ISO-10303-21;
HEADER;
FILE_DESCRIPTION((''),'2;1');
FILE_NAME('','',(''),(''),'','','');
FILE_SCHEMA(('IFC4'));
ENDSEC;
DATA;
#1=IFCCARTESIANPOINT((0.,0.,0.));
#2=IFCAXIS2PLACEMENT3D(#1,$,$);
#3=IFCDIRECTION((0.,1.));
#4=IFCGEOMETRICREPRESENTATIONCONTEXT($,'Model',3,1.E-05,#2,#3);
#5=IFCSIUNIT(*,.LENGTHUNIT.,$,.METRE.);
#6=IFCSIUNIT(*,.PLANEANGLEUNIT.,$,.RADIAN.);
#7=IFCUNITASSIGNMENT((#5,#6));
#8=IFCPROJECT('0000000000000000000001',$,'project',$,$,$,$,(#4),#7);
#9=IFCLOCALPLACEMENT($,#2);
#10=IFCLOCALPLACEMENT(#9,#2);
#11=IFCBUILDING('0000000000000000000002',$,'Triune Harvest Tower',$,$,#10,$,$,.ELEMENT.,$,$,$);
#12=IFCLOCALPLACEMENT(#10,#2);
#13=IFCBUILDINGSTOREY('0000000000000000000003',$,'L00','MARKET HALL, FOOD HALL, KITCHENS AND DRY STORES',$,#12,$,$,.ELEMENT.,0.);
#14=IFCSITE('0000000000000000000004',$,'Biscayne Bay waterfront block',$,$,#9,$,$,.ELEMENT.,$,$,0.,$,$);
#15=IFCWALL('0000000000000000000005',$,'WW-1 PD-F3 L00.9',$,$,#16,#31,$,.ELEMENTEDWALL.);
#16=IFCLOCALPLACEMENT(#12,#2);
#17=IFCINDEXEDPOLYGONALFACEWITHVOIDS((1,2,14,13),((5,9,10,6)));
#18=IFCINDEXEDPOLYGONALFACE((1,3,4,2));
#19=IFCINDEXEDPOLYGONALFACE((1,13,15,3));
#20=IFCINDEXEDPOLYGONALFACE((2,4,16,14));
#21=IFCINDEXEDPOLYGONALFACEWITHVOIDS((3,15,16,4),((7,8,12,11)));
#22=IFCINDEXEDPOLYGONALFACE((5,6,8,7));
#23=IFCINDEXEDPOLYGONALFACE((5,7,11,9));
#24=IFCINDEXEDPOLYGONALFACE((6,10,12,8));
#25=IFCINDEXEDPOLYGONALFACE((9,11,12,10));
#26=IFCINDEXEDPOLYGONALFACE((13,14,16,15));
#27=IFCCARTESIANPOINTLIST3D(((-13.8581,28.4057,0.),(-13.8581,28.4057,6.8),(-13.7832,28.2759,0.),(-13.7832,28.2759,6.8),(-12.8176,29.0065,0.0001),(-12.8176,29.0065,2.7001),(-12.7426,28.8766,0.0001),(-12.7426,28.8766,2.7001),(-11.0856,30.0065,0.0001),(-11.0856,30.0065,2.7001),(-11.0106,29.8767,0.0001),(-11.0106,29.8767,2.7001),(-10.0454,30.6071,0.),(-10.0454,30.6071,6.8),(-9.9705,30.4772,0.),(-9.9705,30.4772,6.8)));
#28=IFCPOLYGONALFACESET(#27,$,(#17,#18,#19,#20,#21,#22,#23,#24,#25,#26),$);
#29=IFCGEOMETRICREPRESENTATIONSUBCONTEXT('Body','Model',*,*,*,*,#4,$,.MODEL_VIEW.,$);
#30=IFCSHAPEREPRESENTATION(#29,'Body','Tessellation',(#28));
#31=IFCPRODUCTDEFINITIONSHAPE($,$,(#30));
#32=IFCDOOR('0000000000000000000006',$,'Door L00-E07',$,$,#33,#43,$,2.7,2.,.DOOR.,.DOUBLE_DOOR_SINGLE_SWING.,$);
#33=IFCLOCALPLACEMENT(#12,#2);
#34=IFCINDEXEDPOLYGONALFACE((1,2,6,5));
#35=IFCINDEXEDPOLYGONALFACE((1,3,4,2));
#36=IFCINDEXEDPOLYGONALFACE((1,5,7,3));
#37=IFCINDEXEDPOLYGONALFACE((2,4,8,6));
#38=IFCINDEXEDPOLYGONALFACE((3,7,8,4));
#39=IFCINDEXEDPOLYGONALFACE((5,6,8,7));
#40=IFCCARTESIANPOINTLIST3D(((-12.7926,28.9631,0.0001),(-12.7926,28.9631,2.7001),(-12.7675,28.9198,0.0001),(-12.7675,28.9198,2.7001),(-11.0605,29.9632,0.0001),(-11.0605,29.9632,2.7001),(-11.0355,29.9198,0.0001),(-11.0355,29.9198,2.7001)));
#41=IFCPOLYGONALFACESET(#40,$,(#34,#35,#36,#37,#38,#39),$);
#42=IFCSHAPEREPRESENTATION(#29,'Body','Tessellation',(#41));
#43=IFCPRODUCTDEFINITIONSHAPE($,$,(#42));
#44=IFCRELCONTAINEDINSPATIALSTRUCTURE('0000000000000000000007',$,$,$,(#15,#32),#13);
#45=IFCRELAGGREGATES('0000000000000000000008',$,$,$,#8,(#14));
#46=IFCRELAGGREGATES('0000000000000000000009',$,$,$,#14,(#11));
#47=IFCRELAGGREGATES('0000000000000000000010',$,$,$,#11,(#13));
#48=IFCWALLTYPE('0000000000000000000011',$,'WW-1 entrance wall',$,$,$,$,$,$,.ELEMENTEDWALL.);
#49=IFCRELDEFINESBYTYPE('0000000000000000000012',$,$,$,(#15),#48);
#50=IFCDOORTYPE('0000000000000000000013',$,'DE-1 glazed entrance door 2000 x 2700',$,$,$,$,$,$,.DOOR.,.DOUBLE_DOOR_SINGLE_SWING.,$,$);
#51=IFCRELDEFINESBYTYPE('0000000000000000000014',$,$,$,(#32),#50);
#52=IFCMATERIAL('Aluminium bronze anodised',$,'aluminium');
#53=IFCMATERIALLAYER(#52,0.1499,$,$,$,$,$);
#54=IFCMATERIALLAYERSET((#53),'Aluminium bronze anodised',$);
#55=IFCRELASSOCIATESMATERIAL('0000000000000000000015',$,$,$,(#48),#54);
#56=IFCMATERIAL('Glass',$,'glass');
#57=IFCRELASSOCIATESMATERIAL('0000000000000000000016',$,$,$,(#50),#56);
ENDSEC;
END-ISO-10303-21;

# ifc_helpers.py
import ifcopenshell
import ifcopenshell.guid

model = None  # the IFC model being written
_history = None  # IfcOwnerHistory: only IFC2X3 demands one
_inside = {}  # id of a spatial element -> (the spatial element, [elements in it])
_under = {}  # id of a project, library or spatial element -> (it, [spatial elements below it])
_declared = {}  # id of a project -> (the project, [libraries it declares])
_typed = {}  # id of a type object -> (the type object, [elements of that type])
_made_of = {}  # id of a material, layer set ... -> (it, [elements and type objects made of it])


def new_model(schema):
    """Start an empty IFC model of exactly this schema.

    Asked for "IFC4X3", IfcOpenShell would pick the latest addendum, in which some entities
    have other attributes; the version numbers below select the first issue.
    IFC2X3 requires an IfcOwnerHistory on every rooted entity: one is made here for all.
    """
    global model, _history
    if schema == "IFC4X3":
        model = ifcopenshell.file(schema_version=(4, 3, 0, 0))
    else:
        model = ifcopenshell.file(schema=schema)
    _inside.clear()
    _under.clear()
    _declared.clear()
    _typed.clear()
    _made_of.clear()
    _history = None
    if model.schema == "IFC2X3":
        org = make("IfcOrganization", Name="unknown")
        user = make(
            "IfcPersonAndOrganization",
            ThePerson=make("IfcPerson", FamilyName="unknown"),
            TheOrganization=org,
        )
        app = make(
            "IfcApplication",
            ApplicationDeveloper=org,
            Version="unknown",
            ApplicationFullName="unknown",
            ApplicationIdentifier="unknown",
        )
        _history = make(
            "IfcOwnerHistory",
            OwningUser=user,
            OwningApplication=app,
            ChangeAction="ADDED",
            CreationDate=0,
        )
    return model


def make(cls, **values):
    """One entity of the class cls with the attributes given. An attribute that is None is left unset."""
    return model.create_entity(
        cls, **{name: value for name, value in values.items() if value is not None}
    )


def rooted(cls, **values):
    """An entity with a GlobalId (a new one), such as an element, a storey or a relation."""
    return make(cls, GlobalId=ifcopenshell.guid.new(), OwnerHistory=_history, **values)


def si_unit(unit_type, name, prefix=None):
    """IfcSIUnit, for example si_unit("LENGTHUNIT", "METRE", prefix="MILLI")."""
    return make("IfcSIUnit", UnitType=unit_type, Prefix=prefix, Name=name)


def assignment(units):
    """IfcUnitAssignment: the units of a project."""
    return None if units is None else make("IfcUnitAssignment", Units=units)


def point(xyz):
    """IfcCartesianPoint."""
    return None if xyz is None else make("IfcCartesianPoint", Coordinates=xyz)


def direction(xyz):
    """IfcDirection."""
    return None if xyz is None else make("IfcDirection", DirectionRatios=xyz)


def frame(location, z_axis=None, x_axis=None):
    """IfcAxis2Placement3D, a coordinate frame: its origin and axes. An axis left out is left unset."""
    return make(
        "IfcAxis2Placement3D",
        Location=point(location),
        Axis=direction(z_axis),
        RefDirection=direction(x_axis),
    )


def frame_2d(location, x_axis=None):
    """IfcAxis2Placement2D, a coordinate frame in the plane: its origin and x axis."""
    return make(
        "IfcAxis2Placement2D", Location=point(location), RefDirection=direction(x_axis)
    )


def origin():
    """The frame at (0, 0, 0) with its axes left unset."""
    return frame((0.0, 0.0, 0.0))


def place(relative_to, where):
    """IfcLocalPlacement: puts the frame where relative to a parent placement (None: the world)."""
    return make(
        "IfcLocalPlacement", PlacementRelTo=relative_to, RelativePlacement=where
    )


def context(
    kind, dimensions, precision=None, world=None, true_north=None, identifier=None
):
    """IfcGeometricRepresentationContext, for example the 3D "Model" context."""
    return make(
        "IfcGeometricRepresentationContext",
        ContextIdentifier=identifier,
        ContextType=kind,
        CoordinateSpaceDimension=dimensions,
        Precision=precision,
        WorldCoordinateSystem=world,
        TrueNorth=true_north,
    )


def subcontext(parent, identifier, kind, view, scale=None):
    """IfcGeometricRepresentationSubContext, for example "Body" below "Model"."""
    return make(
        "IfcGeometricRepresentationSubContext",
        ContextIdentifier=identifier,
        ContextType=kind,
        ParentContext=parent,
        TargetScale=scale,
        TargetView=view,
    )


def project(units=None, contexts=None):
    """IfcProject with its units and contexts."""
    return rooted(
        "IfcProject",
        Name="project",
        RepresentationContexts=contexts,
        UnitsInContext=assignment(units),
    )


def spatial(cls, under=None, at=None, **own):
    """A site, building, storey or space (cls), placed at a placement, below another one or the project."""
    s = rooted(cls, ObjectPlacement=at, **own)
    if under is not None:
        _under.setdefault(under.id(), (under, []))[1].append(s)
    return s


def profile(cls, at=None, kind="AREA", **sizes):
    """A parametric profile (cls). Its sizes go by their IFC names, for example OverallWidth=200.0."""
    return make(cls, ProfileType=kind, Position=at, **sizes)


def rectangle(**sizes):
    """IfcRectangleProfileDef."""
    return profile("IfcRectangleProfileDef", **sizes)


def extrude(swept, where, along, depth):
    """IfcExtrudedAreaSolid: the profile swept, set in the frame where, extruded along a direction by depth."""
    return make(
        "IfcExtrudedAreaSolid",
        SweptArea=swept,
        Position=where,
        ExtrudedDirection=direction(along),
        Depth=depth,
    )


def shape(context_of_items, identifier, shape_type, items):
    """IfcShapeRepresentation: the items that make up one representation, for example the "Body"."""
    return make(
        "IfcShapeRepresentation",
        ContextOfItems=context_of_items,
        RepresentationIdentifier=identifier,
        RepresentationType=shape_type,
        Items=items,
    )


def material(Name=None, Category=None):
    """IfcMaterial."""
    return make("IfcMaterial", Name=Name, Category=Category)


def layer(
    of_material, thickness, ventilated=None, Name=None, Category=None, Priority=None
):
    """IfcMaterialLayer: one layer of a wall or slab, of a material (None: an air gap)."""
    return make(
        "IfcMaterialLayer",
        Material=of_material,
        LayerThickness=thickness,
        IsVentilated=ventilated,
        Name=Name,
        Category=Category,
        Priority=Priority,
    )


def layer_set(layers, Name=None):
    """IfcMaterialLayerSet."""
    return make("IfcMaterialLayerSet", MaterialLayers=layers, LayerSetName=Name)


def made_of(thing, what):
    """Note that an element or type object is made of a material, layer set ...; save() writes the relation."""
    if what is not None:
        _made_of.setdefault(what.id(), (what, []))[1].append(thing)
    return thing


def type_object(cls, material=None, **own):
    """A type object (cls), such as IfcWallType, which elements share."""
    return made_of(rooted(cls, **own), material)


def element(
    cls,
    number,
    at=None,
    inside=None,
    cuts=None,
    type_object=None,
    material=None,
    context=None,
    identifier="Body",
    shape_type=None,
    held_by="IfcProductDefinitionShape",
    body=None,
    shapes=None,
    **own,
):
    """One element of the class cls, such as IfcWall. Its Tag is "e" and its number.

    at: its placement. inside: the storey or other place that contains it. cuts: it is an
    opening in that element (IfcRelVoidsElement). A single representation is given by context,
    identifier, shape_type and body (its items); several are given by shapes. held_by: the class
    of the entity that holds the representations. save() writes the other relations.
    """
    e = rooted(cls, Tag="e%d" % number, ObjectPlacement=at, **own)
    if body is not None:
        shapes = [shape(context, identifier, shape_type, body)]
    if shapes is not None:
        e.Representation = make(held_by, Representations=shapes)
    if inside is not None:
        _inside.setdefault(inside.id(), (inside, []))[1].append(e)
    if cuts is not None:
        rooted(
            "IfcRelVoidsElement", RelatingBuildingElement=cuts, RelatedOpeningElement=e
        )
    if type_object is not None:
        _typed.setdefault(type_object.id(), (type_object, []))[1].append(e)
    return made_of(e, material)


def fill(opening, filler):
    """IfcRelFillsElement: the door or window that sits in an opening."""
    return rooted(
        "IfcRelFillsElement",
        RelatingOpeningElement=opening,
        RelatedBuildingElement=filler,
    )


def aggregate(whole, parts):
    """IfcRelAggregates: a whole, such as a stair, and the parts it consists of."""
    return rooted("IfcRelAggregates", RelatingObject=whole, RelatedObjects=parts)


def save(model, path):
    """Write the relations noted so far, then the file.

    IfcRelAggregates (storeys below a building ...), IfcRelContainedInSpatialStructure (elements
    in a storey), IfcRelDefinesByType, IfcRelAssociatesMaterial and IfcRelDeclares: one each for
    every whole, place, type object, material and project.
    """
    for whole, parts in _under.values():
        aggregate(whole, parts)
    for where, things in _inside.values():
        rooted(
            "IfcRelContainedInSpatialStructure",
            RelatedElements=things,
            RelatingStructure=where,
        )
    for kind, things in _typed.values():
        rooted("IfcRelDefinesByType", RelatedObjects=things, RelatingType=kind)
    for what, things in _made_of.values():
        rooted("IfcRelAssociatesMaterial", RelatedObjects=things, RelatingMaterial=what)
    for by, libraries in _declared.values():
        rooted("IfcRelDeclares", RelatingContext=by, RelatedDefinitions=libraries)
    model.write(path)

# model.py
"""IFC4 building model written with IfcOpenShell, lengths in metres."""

from ifc_helpers import new_model, si_unit, direction, frame, frame_2d, origin, place, context, subcontext, project, spatial, rectangle, extrude, material, layer, layer_set, type_object, element, fill, save


model = new_model("IFC4")

# Units and contexts
model_context = context("Model", 3, precision=1e-05, world=origin(), true_north=direction((0.0, 1.0)))
body_context = subcontext(model_context, "Body", "Model", "MODEL_VIEW")
ifc_project = project(units=[si_unit("LENGTHUNIT", "METRE"), si_unit("PLANEANGLEUNIT", "RADIAN")], contexts=[model_context])

# Site, building, storey
site_placement = place(None, origin())
site = spatial("IfcSite", under=ifc_project, at=site_placement, Name="Biscayne Bay waterfront block", CompositionType="ELEMENT", RefElevation=0.0)
building_placement = place(site_placement, origin())
building = spatial("IfcBuilding", under=site, at=building_placement, Name="Triune Harvest Tower", CompositionType="ELEMENT")
storey_placement = place(building_placement, origin())
storey = spatial("IfcBuildingStorey", under=building, at=storey_placement, Name="L00", Description="MARKET HALL, FOOD HALL, KITCHENS AND DRY STORES", CompositionType="ELEMENT", Elevation=0.0)

# Wall, opening, door
ifc_material_1 = material(Name="Aluminium bronze anodised", Category="aluminium")
ifc_layer_1 = layer(ifc_material_1, 0.1499)
ifc_layer_set_1 = layer_set([ifc_layer_1], Name="Aluminium bronze anodised")
wall_type_1 = type_object("IfcWallType", Name="WW-1 entrance wall", PredefinedType="ELEMENTEDWALL", material=ifc_layer_set_1)
wall_1_placement = place(storey_placement, frame((-13.8206, 28.3408, 0.0), z_axis=(0.0, 0.0, 1.0), x_axis=(0.866013, 0.500022, 0.0)))
wall_1 = element("IfcWall", 1, at=wall_1_placement, inside=storey, type_object=wall_type_1, Name="WW-1 PD-F3 L00.9", PredefinedType="ELEMENTEDWALL", context=body_context, shape_type="SweptSolid", body=[
    extrude(rectangle(XDim=4.4026, YDim=0.1499, at=frame_2d((2.2012, 0.0))), origin(), (0.0, 0.0, 1.0), 6.8),
])
opening_placement = place(wall_1_placement, frame((1.2014, 0.0, 0.0)))
opening = element("IfcOpeningElement", 2, at=opening_placement, cuts=wall_1, PredefinedType="OPENING", context=body_context, shape_type="SweptSolid", body=[
    extrude(rectangle(XDim=2.0, YDim=2.7, at=frame_2d((1.0, 1.3501))), frame((0.0, 0.085, 0.0), z_axis=(0.0, -1.0, 0.0), x_axis=(1.0, 0.0, 0.0)), (0.0, 0.0, 1.0), 0.1699),
])
ifc_material_2 = material(Name="Glass", Category="glass")
door_type = type_object("IfcDoorType", Name="DE-1 glazed entrance door 2000 x 2700", OperationType="DOUBLE_DOOR_SINGLE_SWING", PredefinedType="DOOR", material=ifc_material_2)
door_placement = place(opening_placement, origin())
door = element("IfcDoor", 3, at=door_placement, inside=storey, type_object=door_type, Name="Door L00-E07", OperationType="DOUBLE_DOOR_SINGLE_SWING", OverallHeight=2.7, OverallWidth=2.0, PredefinedType="DOOR", context=body_context, shape_type="SweptSolid", body=[
    extrude(rectangle(XDim=2.0, YDim=2.7, at=frame_2d((1.0, 1.3501))), frame((0.0, 0.0249, 0.0), z_axis=(0.0, -1.0, 0.0), x_axis=(1.0, 0.0, 0.0)), (0.0, 0.0, 1.0), 0.05),
])
fill(opening, door)

save(model, "model.ifc")
